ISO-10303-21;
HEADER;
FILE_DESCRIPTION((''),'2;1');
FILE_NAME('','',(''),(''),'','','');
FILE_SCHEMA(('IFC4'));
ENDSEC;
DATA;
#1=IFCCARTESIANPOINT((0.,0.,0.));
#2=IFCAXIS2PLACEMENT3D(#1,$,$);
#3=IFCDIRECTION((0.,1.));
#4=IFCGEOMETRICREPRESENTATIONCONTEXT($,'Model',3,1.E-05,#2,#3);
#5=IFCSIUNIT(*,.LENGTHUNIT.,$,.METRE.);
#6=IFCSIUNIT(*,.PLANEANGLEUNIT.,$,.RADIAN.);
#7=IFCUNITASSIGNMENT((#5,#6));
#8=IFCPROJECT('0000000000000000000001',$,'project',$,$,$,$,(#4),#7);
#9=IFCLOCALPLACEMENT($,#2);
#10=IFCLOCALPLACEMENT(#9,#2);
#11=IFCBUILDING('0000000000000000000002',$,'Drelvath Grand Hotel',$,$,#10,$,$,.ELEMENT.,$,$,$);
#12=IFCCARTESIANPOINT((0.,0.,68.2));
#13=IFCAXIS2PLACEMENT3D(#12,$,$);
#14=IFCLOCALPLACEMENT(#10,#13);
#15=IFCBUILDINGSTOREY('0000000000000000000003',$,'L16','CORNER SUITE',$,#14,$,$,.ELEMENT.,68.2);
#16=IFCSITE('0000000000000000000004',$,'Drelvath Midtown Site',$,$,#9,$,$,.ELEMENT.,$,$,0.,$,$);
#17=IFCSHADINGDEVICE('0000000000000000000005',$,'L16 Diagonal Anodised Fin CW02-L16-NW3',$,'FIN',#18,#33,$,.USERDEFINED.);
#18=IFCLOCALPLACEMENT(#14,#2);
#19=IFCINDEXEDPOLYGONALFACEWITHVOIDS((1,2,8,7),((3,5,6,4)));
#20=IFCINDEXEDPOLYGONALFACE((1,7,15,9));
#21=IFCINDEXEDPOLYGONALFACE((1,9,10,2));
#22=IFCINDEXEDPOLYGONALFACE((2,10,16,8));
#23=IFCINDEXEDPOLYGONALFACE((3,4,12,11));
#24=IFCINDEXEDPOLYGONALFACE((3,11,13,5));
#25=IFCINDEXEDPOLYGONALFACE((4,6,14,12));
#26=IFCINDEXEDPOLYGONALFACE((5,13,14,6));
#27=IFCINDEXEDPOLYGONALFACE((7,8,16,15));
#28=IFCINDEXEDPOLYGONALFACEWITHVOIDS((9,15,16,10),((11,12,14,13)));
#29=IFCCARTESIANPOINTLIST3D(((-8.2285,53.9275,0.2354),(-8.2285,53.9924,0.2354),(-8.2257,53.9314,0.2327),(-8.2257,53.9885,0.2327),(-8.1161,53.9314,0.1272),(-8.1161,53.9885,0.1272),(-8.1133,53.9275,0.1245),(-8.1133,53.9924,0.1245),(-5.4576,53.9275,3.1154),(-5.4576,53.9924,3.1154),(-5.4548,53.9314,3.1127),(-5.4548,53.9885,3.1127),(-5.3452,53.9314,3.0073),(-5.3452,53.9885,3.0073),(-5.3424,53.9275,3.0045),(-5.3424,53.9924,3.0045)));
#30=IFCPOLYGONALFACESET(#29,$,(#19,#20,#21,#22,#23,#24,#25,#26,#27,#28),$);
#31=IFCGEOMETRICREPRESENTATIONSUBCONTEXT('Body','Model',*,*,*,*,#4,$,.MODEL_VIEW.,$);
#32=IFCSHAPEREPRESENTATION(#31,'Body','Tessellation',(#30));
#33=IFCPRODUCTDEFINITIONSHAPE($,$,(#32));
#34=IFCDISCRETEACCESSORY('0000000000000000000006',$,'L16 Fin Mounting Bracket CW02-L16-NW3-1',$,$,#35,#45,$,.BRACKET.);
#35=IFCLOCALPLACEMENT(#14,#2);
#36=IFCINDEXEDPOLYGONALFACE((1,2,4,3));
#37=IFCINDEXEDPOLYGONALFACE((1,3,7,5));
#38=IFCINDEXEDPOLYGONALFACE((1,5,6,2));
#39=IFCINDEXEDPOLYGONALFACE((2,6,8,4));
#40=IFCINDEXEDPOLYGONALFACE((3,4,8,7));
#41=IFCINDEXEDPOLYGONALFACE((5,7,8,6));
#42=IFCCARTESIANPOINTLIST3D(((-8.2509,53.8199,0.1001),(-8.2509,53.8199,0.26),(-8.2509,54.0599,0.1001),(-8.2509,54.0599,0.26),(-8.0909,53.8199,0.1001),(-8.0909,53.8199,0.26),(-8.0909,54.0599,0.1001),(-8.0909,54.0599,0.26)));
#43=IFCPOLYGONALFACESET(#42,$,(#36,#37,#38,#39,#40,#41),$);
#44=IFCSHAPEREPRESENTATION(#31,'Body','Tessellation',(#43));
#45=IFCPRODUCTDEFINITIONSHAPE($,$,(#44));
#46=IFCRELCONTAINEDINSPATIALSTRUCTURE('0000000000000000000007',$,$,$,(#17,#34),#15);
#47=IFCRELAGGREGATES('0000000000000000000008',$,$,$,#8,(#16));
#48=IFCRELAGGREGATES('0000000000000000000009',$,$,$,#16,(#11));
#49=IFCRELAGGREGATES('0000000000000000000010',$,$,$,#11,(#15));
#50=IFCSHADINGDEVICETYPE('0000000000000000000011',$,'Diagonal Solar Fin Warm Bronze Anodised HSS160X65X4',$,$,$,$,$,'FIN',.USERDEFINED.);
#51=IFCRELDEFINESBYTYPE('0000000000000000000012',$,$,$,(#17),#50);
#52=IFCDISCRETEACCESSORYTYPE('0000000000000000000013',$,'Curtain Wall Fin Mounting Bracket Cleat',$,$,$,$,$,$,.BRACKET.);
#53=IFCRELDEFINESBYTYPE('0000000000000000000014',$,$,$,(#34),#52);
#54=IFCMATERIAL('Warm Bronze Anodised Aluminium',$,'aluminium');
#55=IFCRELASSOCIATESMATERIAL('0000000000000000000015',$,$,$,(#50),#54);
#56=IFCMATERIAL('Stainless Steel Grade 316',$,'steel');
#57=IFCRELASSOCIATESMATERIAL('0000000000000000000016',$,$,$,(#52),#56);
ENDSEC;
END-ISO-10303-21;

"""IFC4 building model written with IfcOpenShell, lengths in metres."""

from ifc_helpers import new_model, si_unit, direction, frame, origin, origin_2d, place, context, subcontext, project, spatial, rectangle, hollow_rectangle, extrude, material, material_profile, profile_set, type_object, element, save


model = new_model("IFC4")

# Units and contexts
model_context = context("Model", 3, precision=1e-05, world=origin(), true_north=direction((0.0, 1.0)))
body_context = subcontext(model_context, "Body", "Model", "MODEL_VIEW")
ifc_project = project(units=[si_unit("LENGTHUNIT", "METRE"), si_unit("PLANEANGLEUNIT", "RADIAN")], contexts=[model_context])

# Site, building, storey
site_placement = place(None, origin())
site = spatial("IfcSite", under=ifc_project, at=site_placement, Name="Drelvath Midtown Site", CompositionType="ELEMENT", RefElevation=0.0)
building_placement = place(site_placement, origin())
building = spatial("IfcBuilding", under=site, at=building_placement, Name="Drelvath Grand Hotel", CompositionType="ELEMENT")
storey_placement = place(building_placement, frame((0.0, 0.0, 68.2)))
storey = spatial("IfcBuildingStorey", under=building, at=storey_placement, Name="L16", Description="CORNER SUITE", CompositionType="ELEMENT", Elevation=68.2)

# Shading device
ifc_material_1 = material(Name="Warm Bronze Anodised Aluminium", Category="aluminium")
ifc_material_profile_1 = material_profile(ifc_material_1, hollow_rectangle(XDim=0.0649, YDim=0.1599, WallThickness=0.0039, at=origin_2d()), Name="HSS160X65X4")
ifc_profile_set_1 = profile_set([ifc_material_profile_1], Name="Warm Bronze Anodised Aluminium")
shading_device_type = type_object("IfcShadingDeviceType", Name="Diagonal Solar Fin Warm Bronze Anodised HSS160X65X4", ElementType="FIN", PredefinedType="USERDEFINED", material=ifc_profile_set_1)
shading_device_placement = place(storey_placement, frame((-8.1709, 53.96, 0.1799), z_axis=(0.693322, 0.0, 0.720628), x_axis=(0.0, 1.0, 0.0)))
element("IfcShadingDevice", 1, at=shading_device_placement, inside=storey, type_object=shading_device_type, Name="L16 Diagonal Anodised Fin CW02-L16-NW3", ObjectType="FIN", PredefinedType="USERDEFINED", context=body_context, shape_type="SweptSolid", body=[
    extrude(hollow_rectangle(XDim=0.0649, YDim=0.1599, WallThickness=0.0039, at=origin_2d()), origin(), (0.0, 0.0, 1.0), 3.9966),
])

# Discrete accessory
ifc_material_2 = material(Name="Stainless Steel Grade 316", Category="steel")
discrete_accessory_type = type_object("IfcDiscreteAccessoryType", Name="Curtain Wall Fin Mounting Bracket Cleat", PredefinedType="BRACKET", material=ifc_material_2)
discrete_accessory_placement = place(storey_placement, frame((-8.1709, 53.9399, 0.1001), z_axis=(0.0, 0.0, 1.0), x_axis=(1.0, 0.0, 0.0)))
element("IfcDiscreteAccessory", 2, at=discrete_accessory_placement, inside=storey, type_object=discrete_accessory_type, Name="L16 Fin Mounting Bracket CW02-L16-NW3-1", PredefinedType="BRACKET", context=body_context, shape_type="SweptSolid", body=[
    extrude(rectangle(XDim=0.1599, YDim=0.24, at=origin_2d()), origin(), (0.0, 0.0, 1.0), 0.1599),
])

save(model, "model.ifc")
